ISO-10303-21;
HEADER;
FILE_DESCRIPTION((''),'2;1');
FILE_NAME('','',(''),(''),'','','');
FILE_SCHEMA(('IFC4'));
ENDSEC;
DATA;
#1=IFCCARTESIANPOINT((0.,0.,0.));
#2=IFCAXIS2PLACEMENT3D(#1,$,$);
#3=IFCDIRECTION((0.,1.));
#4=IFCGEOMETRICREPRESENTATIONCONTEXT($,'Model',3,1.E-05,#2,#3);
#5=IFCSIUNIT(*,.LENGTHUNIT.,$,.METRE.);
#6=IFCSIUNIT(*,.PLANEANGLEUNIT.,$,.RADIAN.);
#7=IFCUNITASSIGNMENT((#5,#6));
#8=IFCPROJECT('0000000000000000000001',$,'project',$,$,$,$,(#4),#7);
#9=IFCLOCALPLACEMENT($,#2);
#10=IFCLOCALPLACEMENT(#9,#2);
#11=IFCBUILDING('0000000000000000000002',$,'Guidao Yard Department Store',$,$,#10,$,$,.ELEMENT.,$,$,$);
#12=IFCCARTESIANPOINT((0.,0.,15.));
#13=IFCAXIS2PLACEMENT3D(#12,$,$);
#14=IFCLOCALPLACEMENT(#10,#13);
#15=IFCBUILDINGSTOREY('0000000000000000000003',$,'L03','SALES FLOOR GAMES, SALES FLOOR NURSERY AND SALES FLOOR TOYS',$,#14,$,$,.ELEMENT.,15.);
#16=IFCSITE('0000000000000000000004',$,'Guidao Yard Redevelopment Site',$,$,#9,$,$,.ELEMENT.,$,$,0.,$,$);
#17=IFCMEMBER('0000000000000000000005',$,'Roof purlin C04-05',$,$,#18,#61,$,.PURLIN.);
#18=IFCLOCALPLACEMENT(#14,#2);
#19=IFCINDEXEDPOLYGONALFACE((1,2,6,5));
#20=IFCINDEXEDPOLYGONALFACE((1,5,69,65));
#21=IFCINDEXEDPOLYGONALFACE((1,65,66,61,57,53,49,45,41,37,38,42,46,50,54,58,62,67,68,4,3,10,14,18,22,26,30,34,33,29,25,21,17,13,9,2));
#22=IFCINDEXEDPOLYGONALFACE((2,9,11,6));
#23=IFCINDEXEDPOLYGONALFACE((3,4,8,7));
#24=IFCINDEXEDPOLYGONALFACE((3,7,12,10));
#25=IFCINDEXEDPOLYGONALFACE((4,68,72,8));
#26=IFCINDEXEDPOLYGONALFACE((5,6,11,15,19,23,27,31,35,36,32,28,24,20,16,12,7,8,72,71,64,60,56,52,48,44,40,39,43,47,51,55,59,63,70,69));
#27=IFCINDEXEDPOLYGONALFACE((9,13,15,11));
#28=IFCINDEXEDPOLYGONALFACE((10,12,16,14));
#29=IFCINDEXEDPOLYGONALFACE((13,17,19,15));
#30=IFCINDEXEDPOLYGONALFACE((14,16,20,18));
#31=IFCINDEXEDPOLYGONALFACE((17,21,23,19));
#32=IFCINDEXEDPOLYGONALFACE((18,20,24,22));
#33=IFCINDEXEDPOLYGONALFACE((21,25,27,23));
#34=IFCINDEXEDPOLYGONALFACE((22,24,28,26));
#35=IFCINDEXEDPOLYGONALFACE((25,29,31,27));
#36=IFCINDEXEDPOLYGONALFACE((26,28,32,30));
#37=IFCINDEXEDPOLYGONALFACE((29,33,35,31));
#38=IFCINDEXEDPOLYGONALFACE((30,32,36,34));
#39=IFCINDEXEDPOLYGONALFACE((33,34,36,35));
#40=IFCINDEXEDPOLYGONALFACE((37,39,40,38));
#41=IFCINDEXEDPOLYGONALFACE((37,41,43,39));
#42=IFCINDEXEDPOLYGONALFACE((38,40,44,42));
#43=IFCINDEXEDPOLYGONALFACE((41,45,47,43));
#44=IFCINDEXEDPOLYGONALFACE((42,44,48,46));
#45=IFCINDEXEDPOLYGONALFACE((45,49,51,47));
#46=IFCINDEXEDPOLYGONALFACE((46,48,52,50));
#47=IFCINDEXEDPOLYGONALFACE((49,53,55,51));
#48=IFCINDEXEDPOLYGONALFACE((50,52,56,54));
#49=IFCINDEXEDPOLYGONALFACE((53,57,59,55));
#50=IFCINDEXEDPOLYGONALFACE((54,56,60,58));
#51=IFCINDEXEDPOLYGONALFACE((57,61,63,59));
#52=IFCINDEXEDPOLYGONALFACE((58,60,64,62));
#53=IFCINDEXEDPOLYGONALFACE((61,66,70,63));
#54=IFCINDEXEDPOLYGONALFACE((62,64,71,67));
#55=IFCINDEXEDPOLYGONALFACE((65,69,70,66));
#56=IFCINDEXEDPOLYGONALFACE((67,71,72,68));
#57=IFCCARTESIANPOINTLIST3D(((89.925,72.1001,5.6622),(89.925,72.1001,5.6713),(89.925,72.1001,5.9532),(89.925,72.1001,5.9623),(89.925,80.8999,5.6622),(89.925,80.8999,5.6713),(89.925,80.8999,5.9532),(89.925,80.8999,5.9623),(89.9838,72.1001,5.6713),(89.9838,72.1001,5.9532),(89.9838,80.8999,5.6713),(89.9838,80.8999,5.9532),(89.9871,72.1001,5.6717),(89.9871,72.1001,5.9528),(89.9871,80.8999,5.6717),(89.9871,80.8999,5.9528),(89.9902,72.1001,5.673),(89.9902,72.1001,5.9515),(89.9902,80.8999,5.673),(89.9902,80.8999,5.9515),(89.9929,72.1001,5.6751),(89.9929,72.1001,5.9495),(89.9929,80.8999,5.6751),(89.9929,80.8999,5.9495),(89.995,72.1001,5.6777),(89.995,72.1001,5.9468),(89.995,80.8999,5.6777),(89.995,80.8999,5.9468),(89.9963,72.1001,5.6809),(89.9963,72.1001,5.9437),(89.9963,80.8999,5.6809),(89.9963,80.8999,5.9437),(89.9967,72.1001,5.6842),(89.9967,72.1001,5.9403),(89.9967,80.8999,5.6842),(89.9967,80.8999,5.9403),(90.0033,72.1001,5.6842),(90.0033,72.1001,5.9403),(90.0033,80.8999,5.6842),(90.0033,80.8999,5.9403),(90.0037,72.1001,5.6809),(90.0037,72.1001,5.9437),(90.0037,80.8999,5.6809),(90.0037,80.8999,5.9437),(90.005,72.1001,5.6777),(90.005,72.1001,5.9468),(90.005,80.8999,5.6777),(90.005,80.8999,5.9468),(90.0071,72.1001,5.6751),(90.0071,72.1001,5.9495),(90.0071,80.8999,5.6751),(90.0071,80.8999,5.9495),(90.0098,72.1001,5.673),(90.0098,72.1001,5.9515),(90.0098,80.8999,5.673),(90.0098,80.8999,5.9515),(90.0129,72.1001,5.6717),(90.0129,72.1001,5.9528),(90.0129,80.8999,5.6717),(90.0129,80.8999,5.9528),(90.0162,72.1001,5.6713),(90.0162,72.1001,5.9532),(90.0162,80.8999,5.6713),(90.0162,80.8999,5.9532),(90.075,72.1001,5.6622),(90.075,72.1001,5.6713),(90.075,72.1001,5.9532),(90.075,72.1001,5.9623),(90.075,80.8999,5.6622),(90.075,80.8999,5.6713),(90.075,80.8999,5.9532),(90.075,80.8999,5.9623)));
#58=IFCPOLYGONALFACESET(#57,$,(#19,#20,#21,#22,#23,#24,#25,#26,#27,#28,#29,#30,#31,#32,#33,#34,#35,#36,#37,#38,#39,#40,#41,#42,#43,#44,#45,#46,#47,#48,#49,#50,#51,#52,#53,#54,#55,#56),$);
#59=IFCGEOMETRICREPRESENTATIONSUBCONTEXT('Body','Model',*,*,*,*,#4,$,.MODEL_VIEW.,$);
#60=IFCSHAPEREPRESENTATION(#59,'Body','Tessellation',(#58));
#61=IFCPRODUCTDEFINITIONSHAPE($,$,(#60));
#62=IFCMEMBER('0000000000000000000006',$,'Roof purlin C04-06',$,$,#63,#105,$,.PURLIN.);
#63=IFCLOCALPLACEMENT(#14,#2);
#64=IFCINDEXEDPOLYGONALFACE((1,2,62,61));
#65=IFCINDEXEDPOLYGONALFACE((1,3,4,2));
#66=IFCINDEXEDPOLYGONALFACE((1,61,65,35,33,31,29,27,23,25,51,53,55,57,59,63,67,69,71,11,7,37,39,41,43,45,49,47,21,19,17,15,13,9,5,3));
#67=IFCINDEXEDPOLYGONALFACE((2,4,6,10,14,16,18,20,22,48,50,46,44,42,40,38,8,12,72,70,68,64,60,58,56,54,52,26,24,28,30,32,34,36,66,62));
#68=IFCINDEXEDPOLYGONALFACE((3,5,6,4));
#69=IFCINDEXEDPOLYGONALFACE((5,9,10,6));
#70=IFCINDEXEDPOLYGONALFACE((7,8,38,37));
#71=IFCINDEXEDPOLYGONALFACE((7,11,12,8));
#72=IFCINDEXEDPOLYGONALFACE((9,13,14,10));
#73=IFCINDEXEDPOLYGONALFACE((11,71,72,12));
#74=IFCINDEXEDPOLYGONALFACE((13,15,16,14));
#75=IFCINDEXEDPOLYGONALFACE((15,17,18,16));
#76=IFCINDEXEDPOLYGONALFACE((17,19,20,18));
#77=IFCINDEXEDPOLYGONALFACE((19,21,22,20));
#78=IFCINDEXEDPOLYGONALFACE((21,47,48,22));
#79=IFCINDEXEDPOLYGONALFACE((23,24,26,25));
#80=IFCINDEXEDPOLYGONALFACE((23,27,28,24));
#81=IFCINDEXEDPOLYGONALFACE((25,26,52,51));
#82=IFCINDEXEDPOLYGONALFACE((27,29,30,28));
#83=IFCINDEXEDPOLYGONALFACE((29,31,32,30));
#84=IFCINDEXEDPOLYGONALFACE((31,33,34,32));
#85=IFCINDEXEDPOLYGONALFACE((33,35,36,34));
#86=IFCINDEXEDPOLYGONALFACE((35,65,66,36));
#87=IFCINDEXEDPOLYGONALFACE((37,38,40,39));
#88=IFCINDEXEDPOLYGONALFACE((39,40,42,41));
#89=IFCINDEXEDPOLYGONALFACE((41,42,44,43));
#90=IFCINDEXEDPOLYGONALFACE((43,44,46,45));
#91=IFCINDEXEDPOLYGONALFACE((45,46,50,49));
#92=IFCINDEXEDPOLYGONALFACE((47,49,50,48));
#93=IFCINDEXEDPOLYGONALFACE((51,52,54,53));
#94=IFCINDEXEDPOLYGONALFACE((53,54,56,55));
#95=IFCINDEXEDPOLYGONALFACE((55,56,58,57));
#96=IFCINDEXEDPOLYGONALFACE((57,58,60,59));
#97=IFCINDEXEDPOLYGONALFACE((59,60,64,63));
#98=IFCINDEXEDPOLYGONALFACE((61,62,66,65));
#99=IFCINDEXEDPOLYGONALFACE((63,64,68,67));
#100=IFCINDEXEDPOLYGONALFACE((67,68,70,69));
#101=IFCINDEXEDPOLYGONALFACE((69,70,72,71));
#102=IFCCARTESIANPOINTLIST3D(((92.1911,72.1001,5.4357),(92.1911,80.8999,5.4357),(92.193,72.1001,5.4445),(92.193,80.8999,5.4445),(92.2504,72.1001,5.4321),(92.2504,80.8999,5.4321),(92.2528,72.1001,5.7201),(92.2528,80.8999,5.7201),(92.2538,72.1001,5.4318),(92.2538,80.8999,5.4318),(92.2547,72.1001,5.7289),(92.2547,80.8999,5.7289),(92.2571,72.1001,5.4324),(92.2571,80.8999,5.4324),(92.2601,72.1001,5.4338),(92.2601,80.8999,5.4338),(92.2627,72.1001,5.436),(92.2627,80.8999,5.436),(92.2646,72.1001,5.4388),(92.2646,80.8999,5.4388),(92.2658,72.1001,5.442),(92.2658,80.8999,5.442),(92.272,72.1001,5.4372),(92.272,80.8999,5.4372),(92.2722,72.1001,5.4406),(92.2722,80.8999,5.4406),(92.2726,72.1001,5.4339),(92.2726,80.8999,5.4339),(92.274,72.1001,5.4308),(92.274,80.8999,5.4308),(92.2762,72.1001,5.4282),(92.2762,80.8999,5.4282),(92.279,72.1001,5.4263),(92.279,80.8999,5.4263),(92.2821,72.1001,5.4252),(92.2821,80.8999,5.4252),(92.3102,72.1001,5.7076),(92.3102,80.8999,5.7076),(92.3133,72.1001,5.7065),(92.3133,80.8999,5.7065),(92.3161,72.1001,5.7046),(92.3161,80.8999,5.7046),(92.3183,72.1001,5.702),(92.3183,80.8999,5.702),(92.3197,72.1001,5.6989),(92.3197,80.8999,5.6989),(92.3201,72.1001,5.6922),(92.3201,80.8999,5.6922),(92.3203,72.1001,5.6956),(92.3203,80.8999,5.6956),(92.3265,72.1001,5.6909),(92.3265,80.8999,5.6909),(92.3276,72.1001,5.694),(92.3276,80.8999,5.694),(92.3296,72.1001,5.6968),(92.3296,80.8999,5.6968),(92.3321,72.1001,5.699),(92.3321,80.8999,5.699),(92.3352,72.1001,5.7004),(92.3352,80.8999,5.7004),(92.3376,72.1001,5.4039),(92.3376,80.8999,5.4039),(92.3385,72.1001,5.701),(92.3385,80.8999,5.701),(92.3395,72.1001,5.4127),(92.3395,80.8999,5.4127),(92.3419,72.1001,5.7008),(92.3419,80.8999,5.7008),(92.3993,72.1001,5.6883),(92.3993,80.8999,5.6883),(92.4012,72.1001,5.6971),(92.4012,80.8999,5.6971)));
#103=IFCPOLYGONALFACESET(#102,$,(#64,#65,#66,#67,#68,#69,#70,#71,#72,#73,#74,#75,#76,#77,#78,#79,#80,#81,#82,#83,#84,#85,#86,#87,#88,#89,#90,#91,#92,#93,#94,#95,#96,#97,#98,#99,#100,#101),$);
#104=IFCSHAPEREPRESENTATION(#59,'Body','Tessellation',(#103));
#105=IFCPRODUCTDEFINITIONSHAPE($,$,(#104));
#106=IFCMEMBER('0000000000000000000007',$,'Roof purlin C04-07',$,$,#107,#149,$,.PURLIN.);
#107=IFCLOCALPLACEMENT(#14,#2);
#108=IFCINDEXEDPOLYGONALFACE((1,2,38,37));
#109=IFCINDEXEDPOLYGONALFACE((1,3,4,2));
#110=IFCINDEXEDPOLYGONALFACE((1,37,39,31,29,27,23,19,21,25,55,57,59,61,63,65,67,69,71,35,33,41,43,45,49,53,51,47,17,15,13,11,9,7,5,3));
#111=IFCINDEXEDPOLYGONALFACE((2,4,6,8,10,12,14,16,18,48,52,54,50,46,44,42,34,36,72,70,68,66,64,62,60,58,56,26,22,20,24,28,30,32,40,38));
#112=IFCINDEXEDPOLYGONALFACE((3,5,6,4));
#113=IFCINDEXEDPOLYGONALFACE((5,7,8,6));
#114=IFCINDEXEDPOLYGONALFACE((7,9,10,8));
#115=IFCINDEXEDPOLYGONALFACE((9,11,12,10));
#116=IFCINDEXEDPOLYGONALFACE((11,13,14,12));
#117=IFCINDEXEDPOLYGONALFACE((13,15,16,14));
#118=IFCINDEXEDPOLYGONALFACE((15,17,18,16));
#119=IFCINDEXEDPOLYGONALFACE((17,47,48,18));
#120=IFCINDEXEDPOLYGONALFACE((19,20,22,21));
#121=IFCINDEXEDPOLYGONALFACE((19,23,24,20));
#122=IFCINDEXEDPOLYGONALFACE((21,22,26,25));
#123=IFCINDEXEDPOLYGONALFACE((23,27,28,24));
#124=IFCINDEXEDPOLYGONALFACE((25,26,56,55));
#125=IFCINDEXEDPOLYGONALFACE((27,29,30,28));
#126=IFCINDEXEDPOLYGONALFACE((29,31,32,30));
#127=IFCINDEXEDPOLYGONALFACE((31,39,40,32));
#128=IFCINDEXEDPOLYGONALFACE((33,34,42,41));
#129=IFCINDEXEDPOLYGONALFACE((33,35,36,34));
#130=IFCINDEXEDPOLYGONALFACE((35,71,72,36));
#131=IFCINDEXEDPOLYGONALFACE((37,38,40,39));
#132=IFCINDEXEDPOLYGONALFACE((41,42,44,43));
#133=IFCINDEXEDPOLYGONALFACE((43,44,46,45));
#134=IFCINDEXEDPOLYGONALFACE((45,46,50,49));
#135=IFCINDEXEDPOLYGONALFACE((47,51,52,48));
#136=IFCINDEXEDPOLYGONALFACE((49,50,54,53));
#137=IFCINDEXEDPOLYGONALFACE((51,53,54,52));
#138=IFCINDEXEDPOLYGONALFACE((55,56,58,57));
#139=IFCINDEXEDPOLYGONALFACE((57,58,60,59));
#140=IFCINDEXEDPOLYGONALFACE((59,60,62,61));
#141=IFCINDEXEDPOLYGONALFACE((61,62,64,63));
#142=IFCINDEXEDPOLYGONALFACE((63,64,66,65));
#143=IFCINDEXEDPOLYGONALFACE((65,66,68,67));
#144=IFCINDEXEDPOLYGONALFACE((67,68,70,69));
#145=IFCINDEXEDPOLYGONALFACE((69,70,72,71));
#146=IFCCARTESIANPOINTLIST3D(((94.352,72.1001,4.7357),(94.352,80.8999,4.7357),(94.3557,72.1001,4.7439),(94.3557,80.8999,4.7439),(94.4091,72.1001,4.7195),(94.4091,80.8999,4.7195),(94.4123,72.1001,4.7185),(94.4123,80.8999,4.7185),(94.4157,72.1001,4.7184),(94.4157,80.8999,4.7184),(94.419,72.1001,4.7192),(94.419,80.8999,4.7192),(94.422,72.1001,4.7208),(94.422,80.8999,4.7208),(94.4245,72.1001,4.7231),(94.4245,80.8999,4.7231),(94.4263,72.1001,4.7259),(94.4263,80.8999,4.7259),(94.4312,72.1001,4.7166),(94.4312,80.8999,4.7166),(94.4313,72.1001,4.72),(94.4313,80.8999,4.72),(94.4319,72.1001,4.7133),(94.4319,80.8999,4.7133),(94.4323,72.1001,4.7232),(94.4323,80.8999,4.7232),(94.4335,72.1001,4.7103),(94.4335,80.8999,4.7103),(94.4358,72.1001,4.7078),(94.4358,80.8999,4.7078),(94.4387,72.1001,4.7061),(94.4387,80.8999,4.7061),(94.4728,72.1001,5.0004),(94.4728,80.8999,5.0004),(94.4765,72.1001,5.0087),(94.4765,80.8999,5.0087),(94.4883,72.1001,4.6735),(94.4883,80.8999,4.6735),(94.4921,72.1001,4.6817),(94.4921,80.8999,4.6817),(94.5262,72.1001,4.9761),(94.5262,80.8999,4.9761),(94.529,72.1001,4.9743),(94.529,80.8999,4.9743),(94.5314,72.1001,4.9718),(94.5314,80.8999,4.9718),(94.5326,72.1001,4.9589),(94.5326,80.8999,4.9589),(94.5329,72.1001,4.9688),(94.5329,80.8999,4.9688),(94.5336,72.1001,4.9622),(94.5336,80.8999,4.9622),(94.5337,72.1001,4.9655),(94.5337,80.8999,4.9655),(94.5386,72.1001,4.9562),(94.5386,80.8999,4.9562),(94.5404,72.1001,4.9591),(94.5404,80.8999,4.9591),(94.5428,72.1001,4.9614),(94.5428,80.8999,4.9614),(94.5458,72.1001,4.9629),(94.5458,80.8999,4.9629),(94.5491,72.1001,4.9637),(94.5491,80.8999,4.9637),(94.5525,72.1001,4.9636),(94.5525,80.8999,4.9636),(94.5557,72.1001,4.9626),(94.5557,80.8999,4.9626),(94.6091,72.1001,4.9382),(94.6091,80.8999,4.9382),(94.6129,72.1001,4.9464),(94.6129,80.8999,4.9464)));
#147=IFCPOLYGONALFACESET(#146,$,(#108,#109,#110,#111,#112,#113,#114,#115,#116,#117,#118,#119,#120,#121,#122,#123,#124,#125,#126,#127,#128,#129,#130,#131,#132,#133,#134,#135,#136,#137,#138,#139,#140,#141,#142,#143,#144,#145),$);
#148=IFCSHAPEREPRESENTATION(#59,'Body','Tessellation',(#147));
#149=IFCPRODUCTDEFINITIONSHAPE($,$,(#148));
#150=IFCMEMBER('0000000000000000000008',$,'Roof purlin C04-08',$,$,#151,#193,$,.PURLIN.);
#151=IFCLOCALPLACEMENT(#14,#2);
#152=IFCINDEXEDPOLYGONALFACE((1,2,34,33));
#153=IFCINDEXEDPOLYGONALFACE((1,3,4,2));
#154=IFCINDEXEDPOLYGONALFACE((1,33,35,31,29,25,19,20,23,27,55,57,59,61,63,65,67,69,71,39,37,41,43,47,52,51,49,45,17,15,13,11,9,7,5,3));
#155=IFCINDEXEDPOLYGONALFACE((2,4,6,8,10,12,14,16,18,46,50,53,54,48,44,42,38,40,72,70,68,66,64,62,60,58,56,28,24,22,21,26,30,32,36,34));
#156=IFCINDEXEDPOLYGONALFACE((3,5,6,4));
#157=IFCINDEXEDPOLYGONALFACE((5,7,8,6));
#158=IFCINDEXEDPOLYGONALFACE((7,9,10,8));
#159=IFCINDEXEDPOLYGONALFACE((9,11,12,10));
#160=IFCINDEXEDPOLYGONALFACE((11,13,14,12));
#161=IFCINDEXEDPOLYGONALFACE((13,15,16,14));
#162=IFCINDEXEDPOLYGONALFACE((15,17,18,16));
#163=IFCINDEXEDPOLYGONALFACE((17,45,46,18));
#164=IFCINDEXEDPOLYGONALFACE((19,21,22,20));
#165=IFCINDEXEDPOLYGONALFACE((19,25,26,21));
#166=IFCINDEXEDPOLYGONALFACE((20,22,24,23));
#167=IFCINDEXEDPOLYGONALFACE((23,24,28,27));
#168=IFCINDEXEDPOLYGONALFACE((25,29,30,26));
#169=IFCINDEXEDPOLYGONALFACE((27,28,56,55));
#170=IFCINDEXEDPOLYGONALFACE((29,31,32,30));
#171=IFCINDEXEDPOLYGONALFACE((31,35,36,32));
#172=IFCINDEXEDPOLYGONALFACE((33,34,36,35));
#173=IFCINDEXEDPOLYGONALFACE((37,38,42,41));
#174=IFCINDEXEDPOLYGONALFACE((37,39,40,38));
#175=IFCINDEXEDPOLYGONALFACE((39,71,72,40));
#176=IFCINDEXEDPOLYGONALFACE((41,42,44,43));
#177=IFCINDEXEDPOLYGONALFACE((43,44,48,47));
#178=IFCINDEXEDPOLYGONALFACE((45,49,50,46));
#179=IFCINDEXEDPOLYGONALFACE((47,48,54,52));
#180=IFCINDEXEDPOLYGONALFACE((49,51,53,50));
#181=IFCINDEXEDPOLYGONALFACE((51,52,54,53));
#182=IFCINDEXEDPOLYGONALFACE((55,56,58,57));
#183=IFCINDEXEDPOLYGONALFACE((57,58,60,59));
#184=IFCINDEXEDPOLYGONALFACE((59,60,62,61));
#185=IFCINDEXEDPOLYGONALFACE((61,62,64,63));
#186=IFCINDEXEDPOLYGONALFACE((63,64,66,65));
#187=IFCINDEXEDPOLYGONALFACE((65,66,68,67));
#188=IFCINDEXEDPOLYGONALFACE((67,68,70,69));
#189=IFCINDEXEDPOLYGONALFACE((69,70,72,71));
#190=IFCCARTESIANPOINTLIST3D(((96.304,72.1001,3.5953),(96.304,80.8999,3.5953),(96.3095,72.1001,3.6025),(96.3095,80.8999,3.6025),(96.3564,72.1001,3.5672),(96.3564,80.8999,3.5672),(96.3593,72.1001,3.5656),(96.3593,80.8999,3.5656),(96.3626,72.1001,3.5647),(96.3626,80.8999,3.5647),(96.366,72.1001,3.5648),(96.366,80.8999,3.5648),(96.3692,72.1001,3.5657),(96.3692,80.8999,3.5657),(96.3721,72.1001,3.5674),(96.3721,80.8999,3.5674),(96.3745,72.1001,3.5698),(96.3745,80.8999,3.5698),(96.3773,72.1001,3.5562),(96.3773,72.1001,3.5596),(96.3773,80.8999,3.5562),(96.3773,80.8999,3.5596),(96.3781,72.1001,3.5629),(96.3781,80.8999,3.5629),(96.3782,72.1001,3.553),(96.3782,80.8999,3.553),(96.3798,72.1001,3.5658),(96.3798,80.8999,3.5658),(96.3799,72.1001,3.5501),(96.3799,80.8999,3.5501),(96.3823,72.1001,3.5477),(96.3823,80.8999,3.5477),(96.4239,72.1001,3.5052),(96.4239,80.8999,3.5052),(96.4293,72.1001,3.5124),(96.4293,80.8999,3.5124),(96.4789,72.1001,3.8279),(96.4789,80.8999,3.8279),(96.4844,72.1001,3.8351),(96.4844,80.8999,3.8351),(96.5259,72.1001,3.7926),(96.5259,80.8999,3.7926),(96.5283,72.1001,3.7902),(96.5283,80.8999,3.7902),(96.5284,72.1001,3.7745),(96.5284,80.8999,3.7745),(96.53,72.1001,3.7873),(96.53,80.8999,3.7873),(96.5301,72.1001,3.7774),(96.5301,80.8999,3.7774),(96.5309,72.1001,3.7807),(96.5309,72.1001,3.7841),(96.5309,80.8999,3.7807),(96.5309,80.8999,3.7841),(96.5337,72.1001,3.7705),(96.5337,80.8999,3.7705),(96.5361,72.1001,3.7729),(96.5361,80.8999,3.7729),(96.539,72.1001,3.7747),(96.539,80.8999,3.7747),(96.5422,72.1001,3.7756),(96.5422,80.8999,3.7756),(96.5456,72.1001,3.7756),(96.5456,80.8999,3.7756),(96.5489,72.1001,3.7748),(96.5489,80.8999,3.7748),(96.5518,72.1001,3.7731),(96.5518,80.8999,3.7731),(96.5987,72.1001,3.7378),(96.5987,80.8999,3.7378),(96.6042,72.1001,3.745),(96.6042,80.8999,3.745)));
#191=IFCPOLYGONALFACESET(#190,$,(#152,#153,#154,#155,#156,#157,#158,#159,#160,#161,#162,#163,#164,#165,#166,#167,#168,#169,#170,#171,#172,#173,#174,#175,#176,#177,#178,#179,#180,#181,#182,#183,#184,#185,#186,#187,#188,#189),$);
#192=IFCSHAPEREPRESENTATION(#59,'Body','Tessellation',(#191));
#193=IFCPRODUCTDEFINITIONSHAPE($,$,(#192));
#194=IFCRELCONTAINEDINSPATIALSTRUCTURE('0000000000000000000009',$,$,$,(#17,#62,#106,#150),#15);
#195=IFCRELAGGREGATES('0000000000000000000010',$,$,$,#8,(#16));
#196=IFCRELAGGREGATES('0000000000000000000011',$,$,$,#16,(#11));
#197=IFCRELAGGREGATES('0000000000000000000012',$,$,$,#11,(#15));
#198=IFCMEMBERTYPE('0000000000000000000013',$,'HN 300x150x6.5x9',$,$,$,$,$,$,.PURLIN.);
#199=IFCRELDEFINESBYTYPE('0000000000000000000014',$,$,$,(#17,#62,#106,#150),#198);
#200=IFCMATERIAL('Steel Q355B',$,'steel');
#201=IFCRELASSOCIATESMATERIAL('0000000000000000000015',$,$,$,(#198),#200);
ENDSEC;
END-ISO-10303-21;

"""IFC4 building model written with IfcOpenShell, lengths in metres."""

from ifc_helpers import new_model, si_unit, direction, frame, origin, origin_2d, place, context, subcontext, project, spatial, i_section, extrude, material, material_profile, profile_set, type_object, element, save


model = new_model("IFC4")

# Units and contexts
model_context = context("Model", 3, precision=1e-05, world=origin(), true_north=direction((0.0, 1.0)))
body_context = subcontext(model_context, "Body", "Model", "MODEL_VIEW")
ifc_project = project(units=[si_unit("LENGTHUNIT", "METRE"), si_unit("PLANEANGLEUNIT", "RADIAN")], contexts=[model_context])

# Site, building, storey
site_placement = place(None, origin())
site = spatial("IfcSite", under=ifc_project, at=site_placement, Name="Guidao Yard Redevelopment Site", CompositionType="ELEMENT", RefElevation=0.0)
building_placement = place(site_placement, origin())
building = spatial("IfcBuilding", under=site, at=building_placement, Name="Guidao Yard Department Store", CompositionType="ELEMENT")
storey_placement = place(building_placement, frame((0.0, 0.0, 15.0)))
storey = spatial("IfcBuildingStorey", under=building, at=storey_placement, Name="L03", Description="SALES FLOOR GAMES, SALES FLOOR NURSERY AND SALES FLOOR TOYS", CompositionType="ELEMENT", Elevation=15.0)

# Members
ifc_material_1 = material(Name="Steel Q355B", Category="steel")
ifc_material_profile_1 = material_profile(ifc_material_1, i_section(OverallWidth=0.1499, OverallDepth=0.3, WebThickness=0.0066, FlangeThickness=0.009, FilletRadius=0.0129, at=origin_2d()), Name="HN 300x150x6.5x9")
ifc_profile_set_1 = profile_set([ifc_material_profile_1], Name="Steel Q355B")
member_type_1 = type_object("IfcMemberType", Name="HN 300x150x6.5x9", PredefinedType="PURLIN", material=ifc_profile_set_1)
for number, where, z_axis, x_axis, name in (
    (1, (90.0, 72.1001, 5.8123), (0.0, 1.0, 0.0), (-1.0, 0.0, 0.0), "Roof purlin C04-05"),
    (2, (92.2961, 72.1001, 5.5664), (0.0, 1.0, 0.0), (-0.977292, 0.0, 0.211897), "Roof purlin C04-06"),
    (3, (94.4824, 72.1001, 4.8411), (0.0, 1.0, 0.0), (-0.909751, 0.0, 0.415155), "Roof purlin C04-07"),
    (4, (96.4541, 72.1001, 3.6702), (0.0, 1.0, 0.0), (-0.799284, 0.0, 0.600954), "Roof purlin C04-08"),
):
    element("IfcMember", number, at=place(storey_placement, frame(where, z_axis=z_axis, x_axis=x_axis)), inside=storey, type_object=member_type_1, Name=name, PredefinedType="PURLIN", context=body_context, shape_type="SweptSolid", body=[
        extrude(i_section(OverallWidth=0.1499, OverallDepth=0.3, WebThickness=0.0066, FlangeThickness=0.009, FilletRadius=0.0129, at=origin_2d()), origin(), (0.0, 0.0, 1.0), 8.7998),
    ])

save(model, "model.ifc")
